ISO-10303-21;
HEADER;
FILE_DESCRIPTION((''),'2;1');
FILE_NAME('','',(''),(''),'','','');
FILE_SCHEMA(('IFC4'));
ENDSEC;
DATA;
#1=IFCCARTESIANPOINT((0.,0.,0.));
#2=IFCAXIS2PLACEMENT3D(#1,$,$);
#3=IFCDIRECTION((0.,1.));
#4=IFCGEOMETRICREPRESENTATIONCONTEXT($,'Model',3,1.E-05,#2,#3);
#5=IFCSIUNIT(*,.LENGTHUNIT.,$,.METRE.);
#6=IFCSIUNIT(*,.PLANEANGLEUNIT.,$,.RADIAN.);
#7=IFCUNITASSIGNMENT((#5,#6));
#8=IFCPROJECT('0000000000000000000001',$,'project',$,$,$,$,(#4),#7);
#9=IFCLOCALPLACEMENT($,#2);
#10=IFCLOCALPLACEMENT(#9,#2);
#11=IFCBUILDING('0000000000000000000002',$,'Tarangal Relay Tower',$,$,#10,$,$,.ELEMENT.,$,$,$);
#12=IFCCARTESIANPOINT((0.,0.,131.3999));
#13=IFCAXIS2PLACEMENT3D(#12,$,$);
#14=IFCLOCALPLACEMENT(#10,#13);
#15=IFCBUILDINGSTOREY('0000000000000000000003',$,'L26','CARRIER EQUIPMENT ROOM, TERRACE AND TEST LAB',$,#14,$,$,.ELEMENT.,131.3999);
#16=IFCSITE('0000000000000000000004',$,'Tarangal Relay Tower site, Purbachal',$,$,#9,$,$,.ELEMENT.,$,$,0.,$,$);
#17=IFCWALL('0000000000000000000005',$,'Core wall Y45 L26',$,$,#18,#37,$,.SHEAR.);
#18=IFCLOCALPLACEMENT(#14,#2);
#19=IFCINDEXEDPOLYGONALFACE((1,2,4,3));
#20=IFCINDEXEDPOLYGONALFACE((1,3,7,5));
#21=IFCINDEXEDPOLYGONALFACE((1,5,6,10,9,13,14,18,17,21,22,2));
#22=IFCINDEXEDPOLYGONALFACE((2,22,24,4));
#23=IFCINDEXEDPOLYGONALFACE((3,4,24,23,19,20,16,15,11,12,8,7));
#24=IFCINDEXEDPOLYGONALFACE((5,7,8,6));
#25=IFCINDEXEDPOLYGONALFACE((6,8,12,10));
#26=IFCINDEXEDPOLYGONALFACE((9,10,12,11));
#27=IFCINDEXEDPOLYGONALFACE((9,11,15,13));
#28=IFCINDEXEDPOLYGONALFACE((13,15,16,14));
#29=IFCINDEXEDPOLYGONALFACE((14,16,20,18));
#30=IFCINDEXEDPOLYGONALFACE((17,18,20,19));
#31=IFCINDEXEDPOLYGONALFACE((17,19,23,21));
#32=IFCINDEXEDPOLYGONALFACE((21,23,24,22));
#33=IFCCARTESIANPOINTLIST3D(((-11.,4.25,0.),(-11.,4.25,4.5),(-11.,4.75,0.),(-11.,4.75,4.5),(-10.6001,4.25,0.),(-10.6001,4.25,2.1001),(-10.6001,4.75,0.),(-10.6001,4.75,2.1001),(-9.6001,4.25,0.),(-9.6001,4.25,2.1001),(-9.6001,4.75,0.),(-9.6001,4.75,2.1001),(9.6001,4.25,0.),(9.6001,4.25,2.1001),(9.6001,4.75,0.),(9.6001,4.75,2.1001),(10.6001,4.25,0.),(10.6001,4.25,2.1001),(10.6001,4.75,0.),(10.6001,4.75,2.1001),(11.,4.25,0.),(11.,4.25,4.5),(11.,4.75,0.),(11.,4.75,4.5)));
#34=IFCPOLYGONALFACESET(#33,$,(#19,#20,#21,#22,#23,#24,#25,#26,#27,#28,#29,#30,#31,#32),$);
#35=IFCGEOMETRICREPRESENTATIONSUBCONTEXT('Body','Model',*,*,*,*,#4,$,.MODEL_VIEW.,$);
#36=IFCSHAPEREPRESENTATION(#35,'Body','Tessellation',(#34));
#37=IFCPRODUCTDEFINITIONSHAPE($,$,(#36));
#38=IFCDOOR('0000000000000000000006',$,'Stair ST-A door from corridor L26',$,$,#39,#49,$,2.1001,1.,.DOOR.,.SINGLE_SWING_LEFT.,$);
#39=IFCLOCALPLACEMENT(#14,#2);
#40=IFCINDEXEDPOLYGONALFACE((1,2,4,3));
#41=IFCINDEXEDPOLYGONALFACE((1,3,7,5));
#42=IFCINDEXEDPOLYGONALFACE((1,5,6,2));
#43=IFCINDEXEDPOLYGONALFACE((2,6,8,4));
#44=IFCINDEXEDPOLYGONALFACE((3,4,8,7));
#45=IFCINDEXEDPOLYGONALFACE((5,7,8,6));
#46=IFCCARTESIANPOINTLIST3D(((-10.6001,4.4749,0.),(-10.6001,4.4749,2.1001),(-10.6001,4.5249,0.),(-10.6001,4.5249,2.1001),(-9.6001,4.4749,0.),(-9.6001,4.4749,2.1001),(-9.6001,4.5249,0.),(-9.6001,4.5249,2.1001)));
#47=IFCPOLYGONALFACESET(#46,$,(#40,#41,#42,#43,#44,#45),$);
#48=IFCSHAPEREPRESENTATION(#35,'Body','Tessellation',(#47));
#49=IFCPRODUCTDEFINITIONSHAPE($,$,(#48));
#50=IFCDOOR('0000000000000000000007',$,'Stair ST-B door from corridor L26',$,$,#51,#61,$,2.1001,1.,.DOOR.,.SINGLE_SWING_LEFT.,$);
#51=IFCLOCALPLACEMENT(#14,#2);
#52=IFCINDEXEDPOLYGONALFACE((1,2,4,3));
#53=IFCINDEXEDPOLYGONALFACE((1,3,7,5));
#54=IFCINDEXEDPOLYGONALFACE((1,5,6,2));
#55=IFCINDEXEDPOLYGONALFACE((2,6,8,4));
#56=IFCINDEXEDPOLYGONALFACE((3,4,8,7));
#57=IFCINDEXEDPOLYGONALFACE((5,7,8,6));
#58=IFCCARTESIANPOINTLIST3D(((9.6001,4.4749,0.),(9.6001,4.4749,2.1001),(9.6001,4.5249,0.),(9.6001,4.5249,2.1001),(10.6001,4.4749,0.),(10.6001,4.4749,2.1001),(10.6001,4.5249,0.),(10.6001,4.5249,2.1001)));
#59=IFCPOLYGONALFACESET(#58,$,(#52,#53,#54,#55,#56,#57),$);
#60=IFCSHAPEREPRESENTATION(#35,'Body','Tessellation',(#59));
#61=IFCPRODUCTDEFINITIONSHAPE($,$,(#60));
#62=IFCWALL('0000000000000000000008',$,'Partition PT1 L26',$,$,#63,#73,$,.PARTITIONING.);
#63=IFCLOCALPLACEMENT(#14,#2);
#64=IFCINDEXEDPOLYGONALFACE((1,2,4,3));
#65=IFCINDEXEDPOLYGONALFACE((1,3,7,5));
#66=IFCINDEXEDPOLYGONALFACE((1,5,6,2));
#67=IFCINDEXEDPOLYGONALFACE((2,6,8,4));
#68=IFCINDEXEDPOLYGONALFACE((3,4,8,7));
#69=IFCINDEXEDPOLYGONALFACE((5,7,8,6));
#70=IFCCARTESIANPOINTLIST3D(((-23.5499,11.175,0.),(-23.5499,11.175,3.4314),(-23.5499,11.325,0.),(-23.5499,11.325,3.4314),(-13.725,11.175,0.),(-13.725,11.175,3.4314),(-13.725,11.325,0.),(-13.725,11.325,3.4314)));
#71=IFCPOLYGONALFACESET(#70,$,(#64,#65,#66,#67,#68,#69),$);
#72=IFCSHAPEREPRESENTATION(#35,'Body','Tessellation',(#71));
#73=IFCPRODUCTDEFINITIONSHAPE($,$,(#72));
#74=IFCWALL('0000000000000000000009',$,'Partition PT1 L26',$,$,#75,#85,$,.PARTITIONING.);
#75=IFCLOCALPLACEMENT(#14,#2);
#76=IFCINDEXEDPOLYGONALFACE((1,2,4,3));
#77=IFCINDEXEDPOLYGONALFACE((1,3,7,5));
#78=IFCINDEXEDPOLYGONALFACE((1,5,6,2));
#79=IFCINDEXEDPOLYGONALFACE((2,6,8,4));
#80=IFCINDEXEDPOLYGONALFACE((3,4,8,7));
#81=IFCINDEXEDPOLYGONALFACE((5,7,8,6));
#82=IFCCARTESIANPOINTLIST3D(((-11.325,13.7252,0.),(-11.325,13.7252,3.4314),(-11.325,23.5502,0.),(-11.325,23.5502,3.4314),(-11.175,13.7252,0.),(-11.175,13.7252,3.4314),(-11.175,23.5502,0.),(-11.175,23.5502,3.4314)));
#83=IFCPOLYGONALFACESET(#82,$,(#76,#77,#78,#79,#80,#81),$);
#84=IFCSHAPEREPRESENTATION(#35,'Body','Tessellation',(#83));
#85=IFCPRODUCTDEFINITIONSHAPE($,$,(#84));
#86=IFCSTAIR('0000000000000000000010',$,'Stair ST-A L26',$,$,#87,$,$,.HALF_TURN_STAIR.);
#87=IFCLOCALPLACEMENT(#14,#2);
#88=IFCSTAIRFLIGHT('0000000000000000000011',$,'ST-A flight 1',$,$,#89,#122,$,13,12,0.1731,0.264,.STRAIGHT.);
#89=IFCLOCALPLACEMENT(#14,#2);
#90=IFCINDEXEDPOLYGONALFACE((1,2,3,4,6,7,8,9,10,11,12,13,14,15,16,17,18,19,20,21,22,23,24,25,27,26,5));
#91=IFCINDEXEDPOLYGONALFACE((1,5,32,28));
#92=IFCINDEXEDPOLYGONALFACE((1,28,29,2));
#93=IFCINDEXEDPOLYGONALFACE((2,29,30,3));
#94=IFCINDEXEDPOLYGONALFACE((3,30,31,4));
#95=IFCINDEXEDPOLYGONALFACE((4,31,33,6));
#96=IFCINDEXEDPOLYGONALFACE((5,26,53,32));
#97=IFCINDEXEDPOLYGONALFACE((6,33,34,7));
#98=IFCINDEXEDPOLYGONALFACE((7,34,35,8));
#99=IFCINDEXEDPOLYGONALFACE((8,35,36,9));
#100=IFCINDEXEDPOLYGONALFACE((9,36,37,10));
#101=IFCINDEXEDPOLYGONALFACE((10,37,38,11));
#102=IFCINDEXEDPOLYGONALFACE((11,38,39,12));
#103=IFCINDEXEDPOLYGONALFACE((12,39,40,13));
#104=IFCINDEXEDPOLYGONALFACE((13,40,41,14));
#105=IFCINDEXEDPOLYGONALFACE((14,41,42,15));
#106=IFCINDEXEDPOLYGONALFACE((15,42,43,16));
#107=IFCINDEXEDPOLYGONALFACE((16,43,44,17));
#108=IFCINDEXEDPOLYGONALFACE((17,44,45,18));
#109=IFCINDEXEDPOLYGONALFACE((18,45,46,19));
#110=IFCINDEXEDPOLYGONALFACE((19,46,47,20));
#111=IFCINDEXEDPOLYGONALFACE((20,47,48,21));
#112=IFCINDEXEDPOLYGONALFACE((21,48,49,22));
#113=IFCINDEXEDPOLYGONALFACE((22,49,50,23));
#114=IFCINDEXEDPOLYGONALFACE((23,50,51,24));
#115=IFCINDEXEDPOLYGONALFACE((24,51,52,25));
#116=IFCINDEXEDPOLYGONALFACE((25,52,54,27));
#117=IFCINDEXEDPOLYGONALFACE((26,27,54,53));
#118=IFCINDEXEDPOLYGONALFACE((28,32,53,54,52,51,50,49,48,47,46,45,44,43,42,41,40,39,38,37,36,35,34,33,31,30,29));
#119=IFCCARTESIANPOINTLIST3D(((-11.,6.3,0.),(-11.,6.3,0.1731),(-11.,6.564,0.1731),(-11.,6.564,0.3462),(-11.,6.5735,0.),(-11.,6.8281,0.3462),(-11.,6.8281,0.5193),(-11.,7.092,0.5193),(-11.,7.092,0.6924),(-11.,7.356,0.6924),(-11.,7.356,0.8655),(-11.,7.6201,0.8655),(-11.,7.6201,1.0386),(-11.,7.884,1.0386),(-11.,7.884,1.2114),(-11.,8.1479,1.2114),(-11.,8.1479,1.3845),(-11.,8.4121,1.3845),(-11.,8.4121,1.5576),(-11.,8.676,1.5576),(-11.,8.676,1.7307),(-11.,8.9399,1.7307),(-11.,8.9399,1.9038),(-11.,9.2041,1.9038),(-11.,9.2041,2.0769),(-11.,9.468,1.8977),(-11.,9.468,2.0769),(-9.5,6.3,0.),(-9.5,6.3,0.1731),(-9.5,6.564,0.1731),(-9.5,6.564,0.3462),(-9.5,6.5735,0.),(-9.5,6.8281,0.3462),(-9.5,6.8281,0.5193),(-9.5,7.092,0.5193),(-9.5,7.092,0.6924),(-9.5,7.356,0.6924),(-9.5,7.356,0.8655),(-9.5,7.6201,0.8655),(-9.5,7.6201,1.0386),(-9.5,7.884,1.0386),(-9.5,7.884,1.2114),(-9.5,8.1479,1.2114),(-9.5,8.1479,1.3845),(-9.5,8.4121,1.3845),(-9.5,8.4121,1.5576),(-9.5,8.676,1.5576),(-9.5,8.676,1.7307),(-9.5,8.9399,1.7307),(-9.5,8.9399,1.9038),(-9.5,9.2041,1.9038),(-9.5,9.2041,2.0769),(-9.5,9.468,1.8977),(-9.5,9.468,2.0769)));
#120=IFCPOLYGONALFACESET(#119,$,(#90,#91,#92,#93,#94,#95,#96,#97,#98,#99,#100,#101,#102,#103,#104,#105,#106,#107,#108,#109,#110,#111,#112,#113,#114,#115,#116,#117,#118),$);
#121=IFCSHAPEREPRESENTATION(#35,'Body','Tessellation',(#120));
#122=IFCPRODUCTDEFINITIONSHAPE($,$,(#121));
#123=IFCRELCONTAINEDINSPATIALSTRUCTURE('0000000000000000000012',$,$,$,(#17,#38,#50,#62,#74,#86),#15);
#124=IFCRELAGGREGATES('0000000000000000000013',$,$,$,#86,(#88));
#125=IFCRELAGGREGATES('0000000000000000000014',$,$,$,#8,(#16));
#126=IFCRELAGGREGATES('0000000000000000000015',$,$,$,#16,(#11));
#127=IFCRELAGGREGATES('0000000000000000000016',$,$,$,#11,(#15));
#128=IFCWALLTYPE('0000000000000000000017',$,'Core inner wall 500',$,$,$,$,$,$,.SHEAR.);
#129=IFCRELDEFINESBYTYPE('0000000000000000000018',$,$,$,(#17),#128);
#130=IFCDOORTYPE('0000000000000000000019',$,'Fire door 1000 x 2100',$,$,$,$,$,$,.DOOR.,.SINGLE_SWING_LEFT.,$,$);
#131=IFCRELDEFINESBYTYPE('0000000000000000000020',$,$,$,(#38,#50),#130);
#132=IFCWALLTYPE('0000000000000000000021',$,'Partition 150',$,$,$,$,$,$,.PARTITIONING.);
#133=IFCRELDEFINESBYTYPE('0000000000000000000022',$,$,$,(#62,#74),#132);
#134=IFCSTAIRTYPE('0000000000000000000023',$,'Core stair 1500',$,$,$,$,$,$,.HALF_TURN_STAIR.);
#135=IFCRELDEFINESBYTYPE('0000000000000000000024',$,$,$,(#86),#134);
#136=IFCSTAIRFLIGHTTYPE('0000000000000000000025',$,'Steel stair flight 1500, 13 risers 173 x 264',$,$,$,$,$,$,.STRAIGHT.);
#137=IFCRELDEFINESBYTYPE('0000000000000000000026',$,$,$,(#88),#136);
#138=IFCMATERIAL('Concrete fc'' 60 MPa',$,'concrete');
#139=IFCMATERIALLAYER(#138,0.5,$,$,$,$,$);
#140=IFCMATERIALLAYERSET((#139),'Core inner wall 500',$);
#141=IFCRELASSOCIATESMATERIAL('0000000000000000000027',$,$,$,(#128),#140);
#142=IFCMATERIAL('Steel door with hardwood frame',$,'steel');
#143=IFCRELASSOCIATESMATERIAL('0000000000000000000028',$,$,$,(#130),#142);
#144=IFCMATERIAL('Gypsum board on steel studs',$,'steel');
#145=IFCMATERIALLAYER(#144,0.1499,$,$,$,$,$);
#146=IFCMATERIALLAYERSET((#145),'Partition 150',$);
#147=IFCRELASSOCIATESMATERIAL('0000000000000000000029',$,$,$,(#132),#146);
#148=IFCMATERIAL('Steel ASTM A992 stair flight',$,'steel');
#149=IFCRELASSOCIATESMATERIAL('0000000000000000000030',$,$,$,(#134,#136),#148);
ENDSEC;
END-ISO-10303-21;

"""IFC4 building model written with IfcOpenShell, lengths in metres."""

from ifc_helpers import new_model, si_unit, direction, frame, frame_2d, origin, place, context, subcontext, project, spatial, polyline, rectangle, outline, extrude, material, layer, layer_set, type_object, element, fill, aggregate, save


model = new_model("IFC4")

# Units and contexts
model_context = context("Model", 3, precision=1e-05, world=origin(), true_north=direction((0.0, 1.0)))
body_context = subcontext(model_context, "Body", "Model", "MODEL_VIEW")
ifc_project = project(units=[si_unit("LENGTHUNIT", "METRE"), si_unit("PLANEANGLEUNIT", "RADIAN")], contexts=[model_context])

# Site, building, storey
site_placement = place(None, origin())
site = spatial("IfcSite", under=ifc_project, at=site_placement, Name="Tarangal Relay Tower site, Purbachal", CompositionType="ELEMENT", RefElevation=0.0)
building_placement = place(site_placement, origin())
building = spatial("IfcBuilding", under=site, at=building_placement, Name="Tarangal Relay Tower", CompositionType="ELEMENT")
storey_placement = place(building_placement, frame((0.0, 0.0, 131.3999)))
storey = spatial("IfcBuildingStorey", under=building, at=storey_placement, Name="L26", Description="CARRIER EQUIPMENT ROOM, TERRACE AND TEST LAB", CompositionType="ELEMENT", Elevation=131.3999)

# Wall, openings, doors
ifc_material_1 = material(Name="Concrete fc' 60 MPa", Category="concrete")
ifc_layer_1 = layer(ifc_material_1, 0.5)
ifc_layer_set_1 = layer_set([ifc_layer_1], Name="Core inner wall 500")
wall_type_1 = type_object("IfcWallType", Name="Core inner wall 500", PredefinedType="SHEAR", material=ifc_layer_set_1)
wall_1_placement = place(storey_placement, frame((-11.0, 4.5, 0.0), z_axis=(0.0, 0.0, 1.0), x_axis=(1.0, 0.0, 0.0)))
wall_1 = element("IfcWall", 1, at=wall_1_placement, inside=storey, type_object=wall_type_1, Name="Core wall Y45 L26", PredefinedType="SHEAR", context=body_context, shape_type="SweptSolid", body=[
    extrude(rectangle(XDim=22.0, YDim=0.5, at=frame_2d((11.0, 0.0))), origin(), (0.0, 0.0, 1.0), 4.5),
])
opening_1_placement = place(wall_1_placement, frame((0.3999, 0.0, 0.0)))
opening_1 = element("IfcOpeningElement", 2, at=opening_1_placement, cuts=wall_1, PredefinedType="OPENING", context=body_context, shape_type="SweptSolid", body=[
    extrude(rectangle(XDim=1.0, YDim=2.1001, at=frame_2d((0.5, 1.05))), frame((0.0, 0.26, 0.0), z_axis=(0.0, -1.0, 0.0), x_axis=(1.0, 0.0, 0.0)), (0.0, 0.0, 1.0), 0.52),
])
opening_2_placement = place(wall_1_placement, frame((20.6001, 0.0, 0.0)))
opening_2 = element("IfcOpeningElement", 3, at=opening_2_placement, cuts=wall_1, PredefinedType="OPENING", context=body_context, shape_type="SweptSolid", body=[
    extrude(rectangle(XDim=1.0, YDim=2.1001, at=frame_2d((0.5, 1.05))), frame((0.0, 0.26, 0.0), z_axis=(0.0, -1.0, 0.0), x_axis=(1.0, 0.0, 0.0)), (0.0, 0.0, 1.0), 0.52),
])
ifc_material_2 = material(Name="Steel door with hardwood frame", Category="steel")
door_type_1 = type_object("IfcDoorType", Name="Fire door 1000 x 2100", OperationType="SINGLE_SWING_LEFT", PredefinedType="DOOR", material=ifc_material_2)
door_1_placement = place(opening_1_placement, origin())
door_1 = element("IfcDoor", 4, at=door_1_placement, inside=storey, type_object=door_type_1, Name="Stair ST-A door from corridor L26", OperationType="SINGLE_SWING_LEFT", OverallHeight=2.1001, OverallWidth=1.0, PredefinedType="DOOR", context=body_context, shape_type="SweptSolid", body=[
    extrude(rectangle(XDim=1.0, YDim=2.1001, at=frame_2d((0.5, 1.05))), frame((0.0, 0.0249, 0.0), z_axis=(0.0, -1.0, 0.0), x_axis=(1.0, 0.0, 0.0)), (0.0, 0.0, 1.0), 0.05),
])
fill(opening_1, door_1)
door_2_placement = place(opening_2_placement, origin())
door_2 = element("IfcDoor", 5, at=door_2_placement, inside=storey, type_object=door_type_1, Name="Stair ST-B door from corridor L26", OperationType="SINGLE_SWING_LEFT", OverallHeight=2.1001, OverallWidth=1.0, PredefinedType="DOOR", context=body_context, shape_type="SweptSolid", body=[
    extrude(rectangle(XDim=1.0, YDim=2.1001, at=frame_2d((0.5, 1.05))), frame((0.0, 0.0249, 0.0), z_axis=(0.0, -1.0, 0.0), x_axis=(1.0, 0.0, 0.0)), (0.0, 0.0, 1.0), 0.05),
])
fill(opening_2, door_2)

# Walls
ifc_material_3 = material(Name="Gypsum board on steel studs", Category="steel")
ifc_layer_2 = layer(ifc_material_3, 0.1499)
ifc_layer_set_2 = layer_set([ifc_layer_2], Name="Partition 150")
wall_type_2 = type_object("IfcWallType", Name="Partition 150", PredefinedType="PARTITIONING", material=ifc_layer_set_2)
for number, where, z_axis, x_axis, name in (
    (6, (-23.55, 11.25, 0.0), (0.0, 0.0, 1.0), (1.0, 0.0, 0.0), "Partition PT1 L26"),
    (7, (-11.25, 13.7251, 0.0), (0.0, 0.0, 1.0), (0.0, 1.0, 0.0), "Partition PT1 L26"),
):
    element("IfcWall", number, at=place(storey_placement, frame(where, z_axis=z_axis, x_axis=x_axis)), inside=storey, type_object=wall_type_2, Name=name, PredefinedType="PARTITIONING", context=body_context, shape_type="SweptSolid", body=[
        extrude(rectangle(XDim=9.825, YDim=0.1499, at=frame_2d((4.9126, 0.0))), origin(), (0.0, 0.0, 1.0), 3.4314),
    ])

# Stair, stair flight
ifc_material_4 = material(Name="Steel ASTM A992 stair flight", Category="steel")
stair_type = type_object("IfcStairType", Name="Core stair 1500", PredefinedType="HALF_TURN_STAIR", material=ifc_material_4)
stair_placement = place(storey_placement, origin())
stair = element("IfcStair", 8, at=stair_placement, inside=storey, type_object=stair_type, Name="Stair ST-A L26", PredefinedType="HALF_TURN_STAIR")
stair_flight_type = type_object("IfcStairFlightType", Name="Steel stair flight 1500, 13 risers 173 x 264", PredefinedType="STRAIGHT", material=ifc_material_4)
stair_flight_placement = place(storey_placement, frame((-10.25, 6.3, 0.0), z_axis=(0.0, 0.0, 1.0), x_axis=(0.0, 1.0, 0.0)))
stair_flight = element("IfcStairFlight", 9, at=stair_flight_placement, type_object=stair_flight_type, Name="ST-A flight 1", NumberOfRisers=13, NumberOfTreads=12, PredefinedType="STRAIGHT", RiserHeight=0.1731, TreadLength=0.264, context=body_context, shape_type="SweptSolid", body=[
    extrude(outline(polyline([(0.0, 0.0), (0.0, 0.1731), (0.2639, 0.1731), (0.2639, 0.3462), (0.5281, 0.3462), (0.5281, 0.5193), (0.792, 0.5193), (0.792, 0.6924), (1.0559, 0.6924), (1.0559, 0.8655), (1.3201, 0.8655), (1.3201, 1.0386), (1.584, 1.0386), (1.584, 1.2114), (1.8479, 1.2114), (1.8479, 1.3845), (2.1121, 1.3845), (2.1121, 1.5576), (2.376, 1.5576), (2.376, 1.7307), (2.6399, 1.7307), (2.6399, 1.9038), (2.9041, 1.9038), (2.9041, 2.0769), (3.168, 2.0769), (3.168, 2.25), (3.168, 1.8977), (0.2734, 0.0), (0.0, 0.0)])), frame((0.0, 0.75, 0.0), z_axis=(0.0, -1.0, 0.0), x_axis=(1.0, 0.0, 0.0)), (0.0, 0.0, 1.0), 1.5),
])
aggregate(stair, [stair_flight])

save(model, "model.ifc")
